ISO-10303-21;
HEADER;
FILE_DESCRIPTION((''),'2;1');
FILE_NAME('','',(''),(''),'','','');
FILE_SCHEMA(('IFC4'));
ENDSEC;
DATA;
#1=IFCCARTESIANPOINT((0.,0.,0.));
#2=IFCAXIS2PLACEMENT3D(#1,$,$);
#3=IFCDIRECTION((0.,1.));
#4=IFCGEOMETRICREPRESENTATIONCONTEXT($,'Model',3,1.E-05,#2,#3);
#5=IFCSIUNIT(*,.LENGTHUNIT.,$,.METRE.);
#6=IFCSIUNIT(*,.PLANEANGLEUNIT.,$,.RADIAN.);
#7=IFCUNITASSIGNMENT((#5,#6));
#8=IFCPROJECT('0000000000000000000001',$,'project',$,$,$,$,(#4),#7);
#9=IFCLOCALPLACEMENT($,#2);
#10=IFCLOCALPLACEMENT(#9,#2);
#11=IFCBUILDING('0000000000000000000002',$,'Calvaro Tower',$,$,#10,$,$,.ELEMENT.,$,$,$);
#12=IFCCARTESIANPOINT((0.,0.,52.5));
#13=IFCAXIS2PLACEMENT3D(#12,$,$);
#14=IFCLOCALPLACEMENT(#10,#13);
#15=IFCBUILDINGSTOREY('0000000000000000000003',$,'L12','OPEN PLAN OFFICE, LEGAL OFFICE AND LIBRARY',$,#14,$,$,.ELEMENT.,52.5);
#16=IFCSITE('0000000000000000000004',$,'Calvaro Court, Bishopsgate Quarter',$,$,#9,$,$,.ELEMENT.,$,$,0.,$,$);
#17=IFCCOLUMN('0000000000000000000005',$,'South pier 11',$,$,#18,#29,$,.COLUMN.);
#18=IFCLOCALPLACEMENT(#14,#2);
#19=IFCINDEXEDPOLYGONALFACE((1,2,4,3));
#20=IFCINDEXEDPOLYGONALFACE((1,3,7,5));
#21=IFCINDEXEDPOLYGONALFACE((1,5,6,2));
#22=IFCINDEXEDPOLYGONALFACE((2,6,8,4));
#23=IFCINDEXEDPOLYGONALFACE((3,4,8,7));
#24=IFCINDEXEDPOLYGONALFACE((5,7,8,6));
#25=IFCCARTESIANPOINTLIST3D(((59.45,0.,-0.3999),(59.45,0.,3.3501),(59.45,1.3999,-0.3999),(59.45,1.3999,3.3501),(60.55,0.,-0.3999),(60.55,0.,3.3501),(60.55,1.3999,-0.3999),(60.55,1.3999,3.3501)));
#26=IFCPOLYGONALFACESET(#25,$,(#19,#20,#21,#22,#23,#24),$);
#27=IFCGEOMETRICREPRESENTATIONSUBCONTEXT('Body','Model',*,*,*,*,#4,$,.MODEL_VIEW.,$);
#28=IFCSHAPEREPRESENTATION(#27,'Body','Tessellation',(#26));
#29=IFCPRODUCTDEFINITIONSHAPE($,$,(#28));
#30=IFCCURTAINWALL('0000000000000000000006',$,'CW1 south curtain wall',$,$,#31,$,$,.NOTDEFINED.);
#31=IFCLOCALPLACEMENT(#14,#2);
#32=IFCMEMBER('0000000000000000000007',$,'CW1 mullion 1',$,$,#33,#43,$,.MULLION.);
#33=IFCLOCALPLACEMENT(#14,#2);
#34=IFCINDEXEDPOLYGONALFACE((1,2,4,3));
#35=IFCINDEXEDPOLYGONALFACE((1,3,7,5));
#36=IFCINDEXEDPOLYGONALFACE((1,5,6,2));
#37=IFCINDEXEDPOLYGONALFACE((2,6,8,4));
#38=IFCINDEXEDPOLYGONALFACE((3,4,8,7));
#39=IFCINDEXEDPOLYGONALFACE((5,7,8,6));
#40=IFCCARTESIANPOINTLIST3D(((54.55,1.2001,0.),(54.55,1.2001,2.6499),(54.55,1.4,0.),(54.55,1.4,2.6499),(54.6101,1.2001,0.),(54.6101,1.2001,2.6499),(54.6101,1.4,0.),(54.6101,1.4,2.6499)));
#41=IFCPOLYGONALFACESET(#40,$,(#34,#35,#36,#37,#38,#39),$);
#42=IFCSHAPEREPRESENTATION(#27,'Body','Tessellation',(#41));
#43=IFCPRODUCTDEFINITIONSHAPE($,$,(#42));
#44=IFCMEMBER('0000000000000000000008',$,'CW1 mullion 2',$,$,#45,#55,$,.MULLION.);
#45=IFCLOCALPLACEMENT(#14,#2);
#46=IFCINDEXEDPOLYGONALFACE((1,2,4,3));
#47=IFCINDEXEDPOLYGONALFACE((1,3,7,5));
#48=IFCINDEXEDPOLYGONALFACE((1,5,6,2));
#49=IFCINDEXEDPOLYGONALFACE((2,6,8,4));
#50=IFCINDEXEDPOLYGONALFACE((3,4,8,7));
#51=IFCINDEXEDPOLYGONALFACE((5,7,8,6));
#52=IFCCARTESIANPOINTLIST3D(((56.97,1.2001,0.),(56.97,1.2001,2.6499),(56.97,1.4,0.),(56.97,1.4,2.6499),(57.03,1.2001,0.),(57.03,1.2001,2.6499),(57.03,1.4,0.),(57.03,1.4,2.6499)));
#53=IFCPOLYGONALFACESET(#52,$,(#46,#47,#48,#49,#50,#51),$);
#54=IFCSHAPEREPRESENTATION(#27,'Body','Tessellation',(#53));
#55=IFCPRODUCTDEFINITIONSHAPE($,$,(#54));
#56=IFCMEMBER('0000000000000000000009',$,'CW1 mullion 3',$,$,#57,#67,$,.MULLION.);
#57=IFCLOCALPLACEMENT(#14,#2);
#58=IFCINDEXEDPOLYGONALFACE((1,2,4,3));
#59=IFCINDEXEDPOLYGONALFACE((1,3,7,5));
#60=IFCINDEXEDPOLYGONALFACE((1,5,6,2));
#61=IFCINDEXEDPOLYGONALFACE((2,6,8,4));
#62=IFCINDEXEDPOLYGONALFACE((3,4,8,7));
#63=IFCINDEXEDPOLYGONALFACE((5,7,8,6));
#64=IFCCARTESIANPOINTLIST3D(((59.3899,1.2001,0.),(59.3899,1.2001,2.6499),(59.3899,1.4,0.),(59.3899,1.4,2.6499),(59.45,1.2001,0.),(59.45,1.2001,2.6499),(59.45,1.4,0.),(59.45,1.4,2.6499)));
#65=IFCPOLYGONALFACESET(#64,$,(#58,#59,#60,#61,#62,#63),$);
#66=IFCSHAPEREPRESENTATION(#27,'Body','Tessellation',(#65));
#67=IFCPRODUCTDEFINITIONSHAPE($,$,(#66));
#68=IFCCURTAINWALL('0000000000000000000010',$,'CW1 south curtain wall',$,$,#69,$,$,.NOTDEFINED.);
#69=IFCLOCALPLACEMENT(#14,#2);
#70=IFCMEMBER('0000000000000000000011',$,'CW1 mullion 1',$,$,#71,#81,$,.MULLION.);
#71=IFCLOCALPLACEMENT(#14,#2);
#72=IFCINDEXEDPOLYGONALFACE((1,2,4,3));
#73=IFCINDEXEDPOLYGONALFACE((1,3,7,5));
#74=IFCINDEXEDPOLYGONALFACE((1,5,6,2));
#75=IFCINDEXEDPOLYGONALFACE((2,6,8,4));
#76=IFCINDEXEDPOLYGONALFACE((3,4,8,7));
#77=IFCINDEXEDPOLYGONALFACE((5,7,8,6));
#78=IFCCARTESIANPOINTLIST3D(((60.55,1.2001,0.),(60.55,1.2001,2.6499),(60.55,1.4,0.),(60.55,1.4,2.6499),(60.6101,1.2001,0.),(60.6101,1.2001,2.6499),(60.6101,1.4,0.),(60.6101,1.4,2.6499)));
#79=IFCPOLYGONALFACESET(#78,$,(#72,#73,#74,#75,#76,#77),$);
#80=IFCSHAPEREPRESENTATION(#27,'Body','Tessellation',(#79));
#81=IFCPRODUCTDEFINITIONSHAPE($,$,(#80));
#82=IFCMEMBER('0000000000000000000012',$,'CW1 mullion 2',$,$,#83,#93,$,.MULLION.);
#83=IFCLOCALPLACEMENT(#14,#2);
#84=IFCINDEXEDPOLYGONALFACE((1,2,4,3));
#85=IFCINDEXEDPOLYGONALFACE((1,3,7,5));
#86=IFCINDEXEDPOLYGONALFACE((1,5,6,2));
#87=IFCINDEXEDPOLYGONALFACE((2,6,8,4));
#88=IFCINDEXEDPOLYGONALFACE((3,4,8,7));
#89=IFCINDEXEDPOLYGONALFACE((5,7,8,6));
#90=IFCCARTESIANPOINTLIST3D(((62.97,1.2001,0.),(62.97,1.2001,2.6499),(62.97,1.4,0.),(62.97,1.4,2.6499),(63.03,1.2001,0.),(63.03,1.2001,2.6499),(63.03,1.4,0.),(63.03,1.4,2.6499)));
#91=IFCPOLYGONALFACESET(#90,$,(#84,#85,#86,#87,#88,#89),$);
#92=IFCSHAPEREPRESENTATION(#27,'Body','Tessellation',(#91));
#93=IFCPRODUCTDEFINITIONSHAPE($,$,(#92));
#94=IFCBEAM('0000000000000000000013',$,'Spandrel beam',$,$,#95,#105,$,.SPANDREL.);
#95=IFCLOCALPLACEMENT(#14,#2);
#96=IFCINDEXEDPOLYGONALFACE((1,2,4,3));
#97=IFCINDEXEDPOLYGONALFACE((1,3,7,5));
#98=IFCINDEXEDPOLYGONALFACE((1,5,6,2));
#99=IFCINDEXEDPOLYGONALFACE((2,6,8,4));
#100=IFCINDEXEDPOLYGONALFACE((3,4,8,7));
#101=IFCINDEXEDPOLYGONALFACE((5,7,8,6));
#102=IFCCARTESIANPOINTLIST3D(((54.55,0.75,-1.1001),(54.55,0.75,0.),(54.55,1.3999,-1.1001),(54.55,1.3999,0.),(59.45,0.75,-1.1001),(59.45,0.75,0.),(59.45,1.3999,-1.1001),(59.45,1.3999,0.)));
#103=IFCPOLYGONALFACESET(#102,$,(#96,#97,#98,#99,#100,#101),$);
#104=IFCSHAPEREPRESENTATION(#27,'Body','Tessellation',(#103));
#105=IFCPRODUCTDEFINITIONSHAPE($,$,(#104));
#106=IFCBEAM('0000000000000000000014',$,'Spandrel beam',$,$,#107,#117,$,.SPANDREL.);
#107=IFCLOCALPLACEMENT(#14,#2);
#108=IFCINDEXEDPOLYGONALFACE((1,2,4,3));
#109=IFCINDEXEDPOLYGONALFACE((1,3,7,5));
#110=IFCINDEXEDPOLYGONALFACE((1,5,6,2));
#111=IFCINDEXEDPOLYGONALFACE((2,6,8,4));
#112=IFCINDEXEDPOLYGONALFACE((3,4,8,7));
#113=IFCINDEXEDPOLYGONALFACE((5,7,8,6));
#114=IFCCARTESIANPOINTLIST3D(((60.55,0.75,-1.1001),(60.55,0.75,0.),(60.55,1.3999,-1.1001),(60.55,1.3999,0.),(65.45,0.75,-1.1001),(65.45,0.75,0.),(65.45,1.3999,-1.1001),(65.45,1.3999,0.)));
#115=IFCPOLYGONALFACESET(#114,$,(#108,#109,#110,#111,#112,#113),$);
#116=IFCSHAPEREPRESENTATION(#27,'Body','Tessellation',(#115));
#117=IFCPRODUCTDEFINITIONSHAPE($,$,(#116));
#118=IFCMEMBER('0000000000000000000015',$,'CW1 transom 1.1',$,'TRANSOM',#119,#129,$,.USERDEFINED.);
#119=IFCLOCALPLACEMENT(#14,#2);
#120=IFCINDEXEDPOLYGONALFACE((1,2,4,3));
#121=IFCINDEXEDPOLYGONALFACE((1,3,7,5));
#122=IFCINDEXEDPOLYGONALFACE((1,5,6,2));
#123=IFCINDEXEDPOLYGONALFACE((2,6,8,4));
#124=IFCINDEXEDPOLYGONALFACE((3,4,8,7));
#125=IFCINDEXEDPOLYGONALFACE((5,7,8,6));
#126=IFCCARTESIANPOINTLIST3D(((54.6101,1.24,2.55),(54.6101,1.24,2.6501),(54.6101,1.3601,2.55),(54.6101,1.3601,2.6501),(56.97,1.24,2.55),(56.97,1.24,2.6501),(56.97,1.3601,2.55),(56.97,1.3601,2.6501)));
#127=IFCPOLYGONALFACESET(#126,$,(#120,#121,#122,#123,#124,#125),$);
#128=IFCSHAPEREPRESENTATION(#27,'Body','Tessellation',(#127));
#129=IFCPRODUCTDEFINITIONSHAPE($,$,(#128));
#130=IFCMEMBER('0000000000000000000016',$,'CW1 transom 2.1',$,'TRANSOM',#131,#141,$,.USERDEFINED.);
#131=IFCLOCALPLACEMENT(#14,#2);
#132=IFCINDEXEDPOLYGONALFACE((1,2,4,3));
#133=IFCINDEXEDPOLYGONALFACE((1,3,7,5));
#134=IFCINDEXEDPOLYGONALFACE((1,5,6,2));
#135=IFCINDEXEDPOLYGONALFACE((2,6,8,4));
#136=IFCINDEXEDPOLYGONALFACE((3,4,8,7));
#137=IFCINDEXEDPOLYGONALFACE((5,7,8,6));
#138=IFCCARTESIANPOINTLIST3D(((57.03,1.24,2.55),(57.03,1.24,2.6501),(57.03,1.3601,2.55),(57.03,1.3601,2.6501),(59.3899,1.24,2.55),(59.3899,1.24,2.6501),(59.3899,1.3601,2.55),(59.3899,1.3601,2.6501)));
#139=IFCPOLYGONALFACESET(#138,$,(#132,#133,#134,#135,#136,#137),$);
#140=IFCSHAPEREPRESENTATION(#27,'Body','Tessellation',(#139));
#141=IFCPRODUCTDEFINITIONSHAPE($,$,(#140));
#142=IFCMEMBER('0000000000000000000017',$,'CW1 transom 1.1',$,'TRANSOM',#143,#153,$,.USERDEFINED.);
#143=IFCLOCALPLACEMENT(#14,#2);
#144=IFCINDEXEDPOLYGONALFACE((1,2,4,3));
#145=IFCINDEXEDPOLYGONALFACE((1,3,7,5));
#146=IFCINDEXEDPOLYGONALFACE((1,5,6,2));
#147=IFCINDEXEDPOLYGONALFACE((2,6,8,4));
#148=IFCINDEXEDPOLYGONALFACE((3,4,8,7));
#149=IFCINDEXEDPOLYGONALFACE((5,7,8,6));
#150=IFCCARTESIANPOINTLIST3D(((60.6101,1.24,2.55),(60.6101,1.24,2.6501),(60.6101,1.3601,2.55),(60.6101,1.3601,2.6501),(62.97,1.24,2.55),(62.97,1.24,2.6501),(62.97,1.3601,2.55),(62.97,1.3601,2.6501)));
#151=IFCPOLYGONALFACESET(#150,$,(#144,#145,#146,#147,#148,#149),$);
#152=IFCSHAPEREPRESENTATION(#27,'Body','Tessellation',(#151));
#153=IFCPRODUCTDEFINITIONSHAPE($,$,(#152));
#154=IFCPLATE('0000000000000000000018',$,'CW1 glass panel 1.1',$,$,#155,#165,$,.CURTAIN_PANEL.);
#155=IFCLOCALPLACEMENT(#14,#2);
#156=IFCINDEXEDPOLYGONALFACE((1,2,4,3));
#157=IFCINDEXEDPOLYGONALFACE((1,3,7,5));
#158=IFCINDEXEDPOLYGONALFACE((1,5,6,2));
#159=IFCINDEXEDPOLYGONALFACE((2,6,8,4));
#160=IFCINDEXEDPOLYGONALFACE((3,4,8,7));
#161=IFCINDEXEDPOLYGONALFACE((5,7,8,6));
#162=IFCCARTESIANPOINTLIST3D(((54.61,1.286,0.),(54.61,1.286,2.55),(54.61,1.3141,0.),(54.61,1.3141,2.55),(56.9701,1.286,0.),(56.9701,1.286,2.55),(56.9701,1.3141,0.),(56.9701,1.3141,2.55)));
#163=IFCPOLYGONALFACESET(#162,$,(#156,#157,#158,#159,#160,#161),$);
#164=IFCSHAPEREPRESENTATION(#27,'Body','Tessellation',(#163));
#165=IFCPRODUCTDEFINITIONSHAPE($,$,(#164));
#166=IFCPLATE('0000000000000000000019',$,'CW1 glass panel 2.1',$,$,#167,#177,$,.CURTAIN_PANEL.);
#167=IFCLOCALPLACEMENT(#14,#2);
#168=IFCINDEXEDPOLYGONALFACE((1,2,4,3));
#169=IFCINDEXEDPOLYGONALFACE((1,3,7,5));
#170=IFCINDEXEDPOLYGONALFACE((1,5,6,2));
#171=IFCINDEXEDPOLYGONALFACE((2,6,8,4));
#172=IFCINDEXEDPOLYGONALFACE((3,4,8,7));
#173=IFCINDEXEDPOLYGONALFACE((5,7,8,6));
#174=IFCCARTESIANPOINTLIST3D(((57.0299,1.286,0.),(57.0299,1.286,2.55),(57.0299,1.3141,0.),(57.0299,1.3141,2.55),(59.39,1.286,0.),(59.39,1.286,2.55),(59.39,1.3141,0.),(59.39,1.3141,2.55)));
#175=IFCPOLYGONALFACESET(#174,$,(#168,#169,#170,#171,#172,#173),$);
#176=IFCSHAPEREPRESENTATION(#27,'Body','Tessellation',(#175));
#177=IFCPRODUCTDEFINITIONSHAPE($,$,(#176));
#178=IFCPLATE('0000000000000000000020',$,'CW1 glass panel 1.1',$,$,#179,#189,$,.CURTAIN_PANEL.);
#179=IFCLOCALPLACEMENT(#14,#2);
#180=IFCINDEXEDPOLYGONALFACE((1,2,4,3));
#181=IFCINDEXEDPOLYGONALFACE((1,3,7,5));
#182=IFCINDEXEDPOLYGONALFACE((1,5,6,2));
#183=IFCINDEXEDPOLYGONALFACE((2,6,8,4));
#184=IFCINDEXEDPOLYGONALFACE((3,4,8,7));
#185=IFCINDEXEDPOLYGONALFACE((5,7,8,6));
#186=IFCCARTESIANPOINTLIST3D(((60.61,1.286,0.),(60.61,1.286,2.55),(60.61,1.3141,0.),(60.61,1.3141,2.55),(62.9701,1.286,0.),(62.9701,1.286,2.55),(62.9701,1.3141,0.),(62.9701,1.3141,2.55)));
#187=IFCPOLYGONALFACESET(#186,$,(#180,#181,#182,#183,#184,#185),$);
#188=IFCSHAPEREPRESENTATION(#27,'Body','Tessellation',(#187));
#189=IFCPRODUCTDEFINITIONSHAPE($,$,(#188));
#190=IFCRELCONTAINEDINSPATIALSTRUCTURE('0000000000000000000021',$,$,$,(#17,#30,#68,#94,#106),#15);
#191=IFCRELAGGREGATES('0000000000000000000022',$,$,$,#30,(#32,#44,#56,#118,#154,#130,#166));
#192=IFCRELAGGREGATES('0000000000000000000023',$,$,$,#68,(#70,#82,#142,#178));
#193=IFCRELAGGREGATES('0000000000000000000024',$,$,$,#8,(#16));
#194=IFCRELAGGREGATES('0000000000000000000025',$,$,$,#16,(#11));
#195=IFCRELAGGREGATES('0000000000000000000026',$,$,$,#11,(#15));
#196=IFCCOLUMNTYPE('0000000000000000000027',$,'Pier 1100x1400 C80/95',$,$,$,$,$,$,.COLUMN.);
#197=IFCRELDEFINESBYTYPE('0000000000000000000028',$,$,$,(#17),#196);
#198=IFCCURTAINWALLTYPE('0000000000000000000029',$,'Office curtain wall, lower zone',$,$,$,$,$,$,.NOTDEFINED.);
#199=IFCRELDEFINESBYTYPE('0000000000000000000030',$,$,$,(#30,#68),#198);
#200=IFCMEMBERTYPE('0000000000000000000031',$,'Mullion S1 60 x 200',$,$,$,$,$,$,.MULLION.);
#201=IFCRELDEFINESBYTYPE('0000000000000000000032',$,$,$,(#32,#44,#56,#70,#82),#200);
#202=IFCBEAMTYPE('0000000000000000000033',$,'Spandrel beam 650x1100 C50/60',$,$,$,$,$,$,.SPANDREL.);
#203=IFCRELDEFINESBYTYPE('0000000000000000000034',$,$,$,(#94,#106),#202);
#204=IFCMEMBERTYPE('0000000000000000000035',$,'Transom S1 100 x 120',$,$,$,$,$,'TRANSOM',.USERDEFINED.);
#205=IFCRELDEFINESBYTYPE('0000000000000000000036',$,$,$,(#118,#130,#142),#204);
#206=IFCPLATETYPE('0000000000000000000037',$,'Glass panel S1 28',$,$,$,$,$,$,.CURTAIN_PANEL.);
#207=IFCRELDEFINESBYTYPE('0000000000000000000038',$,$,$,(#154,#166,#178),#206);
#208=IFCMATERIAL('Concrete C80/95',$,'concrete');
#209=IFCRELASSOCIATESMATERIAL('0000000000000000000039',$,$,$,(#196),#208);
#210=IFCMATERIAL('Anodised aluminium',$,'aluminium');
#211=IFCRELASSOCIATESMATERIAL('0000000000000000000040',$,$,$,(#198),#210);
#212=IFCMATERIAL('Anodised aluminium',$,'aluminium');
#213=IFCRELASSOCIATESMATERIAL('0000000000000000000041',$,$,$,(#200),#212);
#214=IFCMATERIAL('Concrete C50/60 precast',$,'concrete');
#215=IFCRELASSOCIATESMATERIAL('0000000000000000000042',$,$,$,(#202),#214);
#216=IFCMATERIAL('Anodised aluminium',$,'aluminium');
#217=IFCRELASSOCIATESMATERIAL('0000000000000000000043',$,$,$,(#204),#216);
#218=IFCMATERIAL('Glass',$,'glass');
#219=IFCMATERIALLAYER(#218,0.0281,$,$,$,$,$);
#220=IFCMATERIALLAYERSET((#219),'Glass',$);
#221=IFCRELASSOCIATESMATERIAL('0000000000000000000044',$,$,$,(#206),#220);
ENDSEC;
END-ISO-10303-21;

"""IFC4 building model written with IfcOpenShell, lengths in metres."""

from ifc_helpers import new_model, si_unit, direction, frame, origin, origin_2d, place, context, subcontext, project, spatial, rectangle, extrude, material, layer, layer_set, material_profile, profile_set, type_object, element, aggregate, save


model = new_model("IFC4")

# Units and contexts
model_context = context("Model", 3, precision=1e-05, world=origin(), true_north=direction((0.0, 1.0)))
body_context = subcontext(model_context, "Body", "Model", "MODEL_VIEW")
ifc_project = project(units=[si_unit("LENGTHUNIT", "METRE"), si_unit("PLANEANGLEUNIT", "RADIAN")], contexts=[model_context])

# Site, building, storey
site_placement = place(None, origin())
site = spatial("IfcSite", under=ifc_project, at=site_placement, Name="Calvaro Court, Bishopsgate Quarter", CompositionType="ELEMENT", RefElevation=0.0)
building_placement = place(site_placement, origin())
building = spatial("IfcBuilding", under=site, at=building_placement, Name="Calvaro Tower", CompositionType="ELEMENT")
storey_placement = place(building_placement, frame((0.0, 0.0, 52.5)))
storey = spatial("IfcBuildingStorey", under=building, at=storey_placement, Name="L12", Description="OPEN PLAN OFFICE, LEGAL OFFICE AND LIBRARY", CompositionType="ELEMENT", Elevation=52.5)

# Column
ifc_material_1 = material(Name="Concrete C80/95", Category="concrete")
ifc_material_profile_1 = material_profile(ifc_material_1, rectangle(XDim=1.1001, YDim=1.3999, at=origin_2d()), Name="RC 1100x1400")
ifc_profile_set_1 = profile_set([ifc_material_profile_1], Name="Concrete C80/95")
column_type = type_object("IfcColumnType", Name="Pier 1100x1400 C80/95", PredefinedType="COLUMN", material=ifc_profile_set_1)
column_placement = place(storey_placement, frame((60.0, 0.7, -0.3999), z_axis=(0.0, 0.0, 1.0), x_axis=(1.0, 0.0, 0.0)))
element("IfcColumn", 1, at=column_placement, inside=storey, type_object=column_type, Name="South pier 11", PredefinedType="COLUMN", context=body_context, shape_type="SweptSolid", body=[
    extrude(rectangle(XDim=1.1001, YDim=1.3999, at=origin_2d()), origin(), (0.0, 0.0, 1.0), 3.75),
])

# Curtain walls, members
ifc_material_2 = material(Name="Anodised aluminium", Category="aluminium")
curtain_wall_type = type_object("IfcCurtainWallType", Name="Office curtain wall, lower zone", PredefinedType="NOTDEFINED", material=ifc_material_2)
curtain_wall_1_placement = place(storey_placement, origin())
curtain_wall_1 = element("IfcCurtainWall", 2, at=curtain_wall_1_placement, inside=storey, type_object=curtain_wall_type, Name="CW1 south curtain wall", PredefinedType="NOTDEFINED")
ifc_material_3 = material(Name="Anodised aluminium", Category="aluminium")
ifc_material_profile_2 = material_profile(ifc_material_3, rectangle(XDim=0.2, YDim=0.0601, at=origin_2d()), Name="Mullion S1 60 x 200")
ifc_profile_set_2 = profile_set([ifc_material_profile_2], Name="Anodised aluminium")
member_type_1 = type_object("IfcMemberType", Name="Mullion S1 60 x 200", PredefinedType="MULLION", material=ifc_profile_set_2)
member_1_placement = place(storey_placement, frame((54.5801, 1.3, 0.0), z_axis=(0.0, 0.0, 1.0), x_axis=(0.0, 1.0, 0.0)))
member_1 = element("IfcMember", 3, at=member_1_placement, type_object=member_type_1, Name="CW1 mullion 1", PredefinedType="MULLION", context=body_context, shape_type="SweptSolid", body=[
    extrude(rectangle(XDim=0.2, YDim=0.0601, at=origin_2d()), origin(), (0.0, 0.0, 1.0), 2.6499),
])
member_2_placement = place(storey_placement, frame((57.0, 1.3, 0.0), z_axis=(0.0, 0.0, 1.0), x_axis=(0.0, 1.0, 0.0)))
member_2 = element("IfcMember", 4, at=member_2_placement, type_object=member_type_1, Name="CW1 mullion 2", PredefinedType="MULLION", context=body_context, shape_type="SweptSolid", body=[
    extrude(rectangle(XDim=0.2, YDim=0.0601, at=origin_2d()), origin(), (0.0, 0.0, 1.0), 2.6499),
])
member_3_placement = place(storey_placement, frame((59.4199, 1.3, 0.0), z_axis=(0.0, 0.0, 1.0), x_axis=(0.0, 1.0, 0.0)))
member_3 = element("IfcMember", 5, at=member_3_placement, type_object=member_type_1, Name="CW1 mullion 3", PredefinedType="MULLION", context=body_context, shape_type="SweptSolid", body=[
    extrude(rectangle(XDim=0.2, YDim=0.0601, at=origin_2d()), origin(), (0.0, 0.0, 1.0), 2.6499),
])
curtain_wall_2_placement = place(storey_placement, origin())
curtain_wall_2 = element("IfcCurtainWall", 6, at=curtain_wall_2_placement, inside=storey, type_object=curtain_wall_type, Name="CW1 south curtain wall", PredefinedType="NOTDEFINED")
member_4_placement = place(storey_placement, frame((60.5801, 1.3, 0.0), z_axis=(0.0, 0.0, 1.0), x_axis=(0.0, 1.0, 0.0)))
member_4 = element("IfcMember", 7, at=member_4_placement, type_object=member_type_1, Name="CW1 mullion 1", PredefinedType="MULLION", context=body_context, shape_type="SweptSolid", body=[
    extrude(rectangle(XDim=0.2, YDim=0.0601, at=origin_2d()), origin(), (0.0, 0.0, 1.0), 2.6499),
])
member_5_placement = place(storey_placement, frame((63.0, 1.3, 0.0), z_axis=(0.0, 0.0, 1.0), x_axis=(0.0, 1.0, 0.0)))
member_5 = element("IfcMember", 8, at=member_5_placement, type_object=member_type_1, Name="CW1 mullion 2", PredefinedType="MULLION", context=body_context, shape_type="SweptSolid", body=[
    extrude(rectangle(XDim=0.2, YDim=0.0601, at=origin_2d()), origin(), (0.0, 0.0, 1.0), 2.6499),
])

# Beams
ifc_material_4 = material(Name="Concrete C50/60 precast", Category="concrete")
ifc_material_profile_3 = material_profile(ifc_material_4, rectangle(XDim=0.6499, YDim=1.1001, at=origin_2d()), Name="RC 650x1100")
ifc_profile_set_3 = profile_set([ifc_material_profile_3], Name="Concrete C50/60 precast")
beam_type = type_object("IfcBeamType", Name="Spandrel beam 650x1100 C50/60", PredefinedType="SPANDREL", material=ifc_profile_set_3)
for number, where, z_axis, x_axis, name in (
    (9, (54.55, 1.075, -0.55), (1.0, 0.0, 0.0), (0.0, 1.0, 0.0), "Spandrel beam"),
    (10, (60.55, 1.075, -0.55), (1.0, 0.0, 0.0), (0.0, 1.0, 0.0), "Spandrel beam"),
):
    element("IfcBeam", number, at=place(storey_placement, frame(where, z_axis=z_axis, x_axis=x_axis)), inside=storey, type_object=beam_type, Name=name, PredefinedType="SPANDREL", context=body_context, shape_type="SweptSolid", body=[
        extrude(rectangle(XDim=0.6499, YDim=1.1001, at=origin_2d()), origin(), (0.0, 0.0, 1.0), 4.8999),
    ])

# Members
ifc_material_5 = material(Name="Anodised aluminium", Category="aluminium")
ifc_material_profile_4 = material_profile(ifc_material_5, rectangle(XDim=0.1201, YDim=0.1001, at=origin_2d()), Name="Transom S1 100 x 120")
ifc_profile_set_4 = profile_set([ifc_material_profile_4], Name="Anodised aluminium")
member_type_2 = type_object("IfcMemberType", Name="Transom S1 100 x 120", ElementType="TRANSOM", PredefinedType="USERDEFINED", material=ifc_profile_set_4)
member_6_placement = place(storey_placement, frame((54.6101, 1.3, 2.6001), z_axis=(1.0, 0.0, 0.0), x_axis=(0.0, 1.0, 0.0)))
member_6 = element("IfcMember", 11, at=member_6_placement, type_object=member_type_2, Name="CW1 transom 1.1", ObjectType="TRANSOM", PredefinedType="USERDEFINED", context=body_context, shape_type="SweptSolid", body=[
    extrude(rectangle(XDim=0.1201, YDim=0.1001, at=origin_2d()), origin(), (0.0, 0.0, 1.0), 2.3599),
])
member_7_placement = place(storey_placement, frame((57.03, 1.3, 2.6001), z_axis=(1.0, 0.0, 0.0), x_axis=(0.0, 1.0, 0.0)))
member_7 = element("IfcMember", 12, at=member_7_placement, type_object=member_type_2, Name="CW1 transom 2.1", ObjectType="TRANSOM", PredefinedType="USERDEFINED", context=body_context, shape_type="SweptSolid", body=[
    extrude(rectangle(XDim=0.1201, YDim=0.1001, at=origin_2d()), origin(), (0.0, 0.0, 1.0), 2.3599),
])
member_8_placement = place(storey_placement, frame((60.6101, 1.3, 2.6001), z_axis=(1.0, 0.0, 0.0), x_axis=(0.0, 1.0, 0.0)))
member_8 = element("IfcMember", 13, at=member_8_placement, type_object=member_type_2, Name="CW1 transom 1.1", ObjectType="TRANSOM", PredefinedType="USERDEFINED", context=body_context, shape_type="SweptSolid", body=[
    extrude(rectangle(XDim=0.1201, YDim=0.1001, at=origin_2d()), origin(), (0.0, 0.0, 1.0), 2.3599),
])

# Plates
ifc_material_6 = material(Name="Glass", Category="glass")
ifc_layer_1 = layer(ifc_material_6, 0.0281)
ifc_layer_set_1 = layer_set([ifc_layer_1], Name="Glass")
plate_type = type_object("IfcPlateType", Name="Glass panel S1 28", PredefinedType="CURTAIN_PANEL", material=ifc_layer_set_1)
plate_1_placement = place(storey_placement, frame((55.79, 1.3, 0.0), z_axis=(0.0, 0.0, 1.0), x_axis=(1.0, 0.0, 0.0)))
plate_1 = element("IfcPlate", 14, at=plate_1_placement, type_object=plate_type, Name="CW1 glass panel 1.1", PredefinedType="CURTAIN_PANEL", context=body_context, shape_type="SweptSolid", body=[
    extrude(rectangle(XDim=2.3601, YDim=0.0281, at=origin_2d()), origin(), (0.0, 0.0, 1.0), 2.55),
])
plate_2_placement = place(storey_placement, frame((58.21, 1.3, 0.0), z_axis=(0.0, 0.0, 1.0), x_axis=(1.0, 0.0, 0.0)))
plate_2 = element("IfcPlate", 15, at=plate_2_placement, type_object=plate_type, Name="CW1 glass panel 2.1", PredefinedType="CURTAIN_PANEL", context=body_context, shape_type="SweptSolid", body=[
    extrude(rectangle(XDim=2.3601, YDim=0.0281, at=origin_2d()), origin(), (0.0, 0.0, 1.0), 2.55),
])
aggregate(curtain_wall_1, [member_1, member_2, member_3, member_6, plate_1, member_7, plate_2])
plate_3_placement = place(storey_placement, frame((61.79, 1.3, 0.0), z_axis=(0.0, 0.0, 1.0), x_axis=(1.0, 0.0, 0.0)))
plate_3 = element("IfcPlate", 16, at=plate_3_placement, type_object=plate_type, Name="CW1 glass panel 1.1", PredefinedType="CURTAIN_PANEL", context=body_context, shape_type="SweptSolid", body=[
    extrude(rectangle(XDim=2.3601, YDim=0.0281, at=origin_2d()), origin(), (0.0, 0.0, 1.0), 2.55),
])
aggregate(curtain_wall_2, [member_4, member_5, member_8, plate_3])

save(model, "model.ifc")
